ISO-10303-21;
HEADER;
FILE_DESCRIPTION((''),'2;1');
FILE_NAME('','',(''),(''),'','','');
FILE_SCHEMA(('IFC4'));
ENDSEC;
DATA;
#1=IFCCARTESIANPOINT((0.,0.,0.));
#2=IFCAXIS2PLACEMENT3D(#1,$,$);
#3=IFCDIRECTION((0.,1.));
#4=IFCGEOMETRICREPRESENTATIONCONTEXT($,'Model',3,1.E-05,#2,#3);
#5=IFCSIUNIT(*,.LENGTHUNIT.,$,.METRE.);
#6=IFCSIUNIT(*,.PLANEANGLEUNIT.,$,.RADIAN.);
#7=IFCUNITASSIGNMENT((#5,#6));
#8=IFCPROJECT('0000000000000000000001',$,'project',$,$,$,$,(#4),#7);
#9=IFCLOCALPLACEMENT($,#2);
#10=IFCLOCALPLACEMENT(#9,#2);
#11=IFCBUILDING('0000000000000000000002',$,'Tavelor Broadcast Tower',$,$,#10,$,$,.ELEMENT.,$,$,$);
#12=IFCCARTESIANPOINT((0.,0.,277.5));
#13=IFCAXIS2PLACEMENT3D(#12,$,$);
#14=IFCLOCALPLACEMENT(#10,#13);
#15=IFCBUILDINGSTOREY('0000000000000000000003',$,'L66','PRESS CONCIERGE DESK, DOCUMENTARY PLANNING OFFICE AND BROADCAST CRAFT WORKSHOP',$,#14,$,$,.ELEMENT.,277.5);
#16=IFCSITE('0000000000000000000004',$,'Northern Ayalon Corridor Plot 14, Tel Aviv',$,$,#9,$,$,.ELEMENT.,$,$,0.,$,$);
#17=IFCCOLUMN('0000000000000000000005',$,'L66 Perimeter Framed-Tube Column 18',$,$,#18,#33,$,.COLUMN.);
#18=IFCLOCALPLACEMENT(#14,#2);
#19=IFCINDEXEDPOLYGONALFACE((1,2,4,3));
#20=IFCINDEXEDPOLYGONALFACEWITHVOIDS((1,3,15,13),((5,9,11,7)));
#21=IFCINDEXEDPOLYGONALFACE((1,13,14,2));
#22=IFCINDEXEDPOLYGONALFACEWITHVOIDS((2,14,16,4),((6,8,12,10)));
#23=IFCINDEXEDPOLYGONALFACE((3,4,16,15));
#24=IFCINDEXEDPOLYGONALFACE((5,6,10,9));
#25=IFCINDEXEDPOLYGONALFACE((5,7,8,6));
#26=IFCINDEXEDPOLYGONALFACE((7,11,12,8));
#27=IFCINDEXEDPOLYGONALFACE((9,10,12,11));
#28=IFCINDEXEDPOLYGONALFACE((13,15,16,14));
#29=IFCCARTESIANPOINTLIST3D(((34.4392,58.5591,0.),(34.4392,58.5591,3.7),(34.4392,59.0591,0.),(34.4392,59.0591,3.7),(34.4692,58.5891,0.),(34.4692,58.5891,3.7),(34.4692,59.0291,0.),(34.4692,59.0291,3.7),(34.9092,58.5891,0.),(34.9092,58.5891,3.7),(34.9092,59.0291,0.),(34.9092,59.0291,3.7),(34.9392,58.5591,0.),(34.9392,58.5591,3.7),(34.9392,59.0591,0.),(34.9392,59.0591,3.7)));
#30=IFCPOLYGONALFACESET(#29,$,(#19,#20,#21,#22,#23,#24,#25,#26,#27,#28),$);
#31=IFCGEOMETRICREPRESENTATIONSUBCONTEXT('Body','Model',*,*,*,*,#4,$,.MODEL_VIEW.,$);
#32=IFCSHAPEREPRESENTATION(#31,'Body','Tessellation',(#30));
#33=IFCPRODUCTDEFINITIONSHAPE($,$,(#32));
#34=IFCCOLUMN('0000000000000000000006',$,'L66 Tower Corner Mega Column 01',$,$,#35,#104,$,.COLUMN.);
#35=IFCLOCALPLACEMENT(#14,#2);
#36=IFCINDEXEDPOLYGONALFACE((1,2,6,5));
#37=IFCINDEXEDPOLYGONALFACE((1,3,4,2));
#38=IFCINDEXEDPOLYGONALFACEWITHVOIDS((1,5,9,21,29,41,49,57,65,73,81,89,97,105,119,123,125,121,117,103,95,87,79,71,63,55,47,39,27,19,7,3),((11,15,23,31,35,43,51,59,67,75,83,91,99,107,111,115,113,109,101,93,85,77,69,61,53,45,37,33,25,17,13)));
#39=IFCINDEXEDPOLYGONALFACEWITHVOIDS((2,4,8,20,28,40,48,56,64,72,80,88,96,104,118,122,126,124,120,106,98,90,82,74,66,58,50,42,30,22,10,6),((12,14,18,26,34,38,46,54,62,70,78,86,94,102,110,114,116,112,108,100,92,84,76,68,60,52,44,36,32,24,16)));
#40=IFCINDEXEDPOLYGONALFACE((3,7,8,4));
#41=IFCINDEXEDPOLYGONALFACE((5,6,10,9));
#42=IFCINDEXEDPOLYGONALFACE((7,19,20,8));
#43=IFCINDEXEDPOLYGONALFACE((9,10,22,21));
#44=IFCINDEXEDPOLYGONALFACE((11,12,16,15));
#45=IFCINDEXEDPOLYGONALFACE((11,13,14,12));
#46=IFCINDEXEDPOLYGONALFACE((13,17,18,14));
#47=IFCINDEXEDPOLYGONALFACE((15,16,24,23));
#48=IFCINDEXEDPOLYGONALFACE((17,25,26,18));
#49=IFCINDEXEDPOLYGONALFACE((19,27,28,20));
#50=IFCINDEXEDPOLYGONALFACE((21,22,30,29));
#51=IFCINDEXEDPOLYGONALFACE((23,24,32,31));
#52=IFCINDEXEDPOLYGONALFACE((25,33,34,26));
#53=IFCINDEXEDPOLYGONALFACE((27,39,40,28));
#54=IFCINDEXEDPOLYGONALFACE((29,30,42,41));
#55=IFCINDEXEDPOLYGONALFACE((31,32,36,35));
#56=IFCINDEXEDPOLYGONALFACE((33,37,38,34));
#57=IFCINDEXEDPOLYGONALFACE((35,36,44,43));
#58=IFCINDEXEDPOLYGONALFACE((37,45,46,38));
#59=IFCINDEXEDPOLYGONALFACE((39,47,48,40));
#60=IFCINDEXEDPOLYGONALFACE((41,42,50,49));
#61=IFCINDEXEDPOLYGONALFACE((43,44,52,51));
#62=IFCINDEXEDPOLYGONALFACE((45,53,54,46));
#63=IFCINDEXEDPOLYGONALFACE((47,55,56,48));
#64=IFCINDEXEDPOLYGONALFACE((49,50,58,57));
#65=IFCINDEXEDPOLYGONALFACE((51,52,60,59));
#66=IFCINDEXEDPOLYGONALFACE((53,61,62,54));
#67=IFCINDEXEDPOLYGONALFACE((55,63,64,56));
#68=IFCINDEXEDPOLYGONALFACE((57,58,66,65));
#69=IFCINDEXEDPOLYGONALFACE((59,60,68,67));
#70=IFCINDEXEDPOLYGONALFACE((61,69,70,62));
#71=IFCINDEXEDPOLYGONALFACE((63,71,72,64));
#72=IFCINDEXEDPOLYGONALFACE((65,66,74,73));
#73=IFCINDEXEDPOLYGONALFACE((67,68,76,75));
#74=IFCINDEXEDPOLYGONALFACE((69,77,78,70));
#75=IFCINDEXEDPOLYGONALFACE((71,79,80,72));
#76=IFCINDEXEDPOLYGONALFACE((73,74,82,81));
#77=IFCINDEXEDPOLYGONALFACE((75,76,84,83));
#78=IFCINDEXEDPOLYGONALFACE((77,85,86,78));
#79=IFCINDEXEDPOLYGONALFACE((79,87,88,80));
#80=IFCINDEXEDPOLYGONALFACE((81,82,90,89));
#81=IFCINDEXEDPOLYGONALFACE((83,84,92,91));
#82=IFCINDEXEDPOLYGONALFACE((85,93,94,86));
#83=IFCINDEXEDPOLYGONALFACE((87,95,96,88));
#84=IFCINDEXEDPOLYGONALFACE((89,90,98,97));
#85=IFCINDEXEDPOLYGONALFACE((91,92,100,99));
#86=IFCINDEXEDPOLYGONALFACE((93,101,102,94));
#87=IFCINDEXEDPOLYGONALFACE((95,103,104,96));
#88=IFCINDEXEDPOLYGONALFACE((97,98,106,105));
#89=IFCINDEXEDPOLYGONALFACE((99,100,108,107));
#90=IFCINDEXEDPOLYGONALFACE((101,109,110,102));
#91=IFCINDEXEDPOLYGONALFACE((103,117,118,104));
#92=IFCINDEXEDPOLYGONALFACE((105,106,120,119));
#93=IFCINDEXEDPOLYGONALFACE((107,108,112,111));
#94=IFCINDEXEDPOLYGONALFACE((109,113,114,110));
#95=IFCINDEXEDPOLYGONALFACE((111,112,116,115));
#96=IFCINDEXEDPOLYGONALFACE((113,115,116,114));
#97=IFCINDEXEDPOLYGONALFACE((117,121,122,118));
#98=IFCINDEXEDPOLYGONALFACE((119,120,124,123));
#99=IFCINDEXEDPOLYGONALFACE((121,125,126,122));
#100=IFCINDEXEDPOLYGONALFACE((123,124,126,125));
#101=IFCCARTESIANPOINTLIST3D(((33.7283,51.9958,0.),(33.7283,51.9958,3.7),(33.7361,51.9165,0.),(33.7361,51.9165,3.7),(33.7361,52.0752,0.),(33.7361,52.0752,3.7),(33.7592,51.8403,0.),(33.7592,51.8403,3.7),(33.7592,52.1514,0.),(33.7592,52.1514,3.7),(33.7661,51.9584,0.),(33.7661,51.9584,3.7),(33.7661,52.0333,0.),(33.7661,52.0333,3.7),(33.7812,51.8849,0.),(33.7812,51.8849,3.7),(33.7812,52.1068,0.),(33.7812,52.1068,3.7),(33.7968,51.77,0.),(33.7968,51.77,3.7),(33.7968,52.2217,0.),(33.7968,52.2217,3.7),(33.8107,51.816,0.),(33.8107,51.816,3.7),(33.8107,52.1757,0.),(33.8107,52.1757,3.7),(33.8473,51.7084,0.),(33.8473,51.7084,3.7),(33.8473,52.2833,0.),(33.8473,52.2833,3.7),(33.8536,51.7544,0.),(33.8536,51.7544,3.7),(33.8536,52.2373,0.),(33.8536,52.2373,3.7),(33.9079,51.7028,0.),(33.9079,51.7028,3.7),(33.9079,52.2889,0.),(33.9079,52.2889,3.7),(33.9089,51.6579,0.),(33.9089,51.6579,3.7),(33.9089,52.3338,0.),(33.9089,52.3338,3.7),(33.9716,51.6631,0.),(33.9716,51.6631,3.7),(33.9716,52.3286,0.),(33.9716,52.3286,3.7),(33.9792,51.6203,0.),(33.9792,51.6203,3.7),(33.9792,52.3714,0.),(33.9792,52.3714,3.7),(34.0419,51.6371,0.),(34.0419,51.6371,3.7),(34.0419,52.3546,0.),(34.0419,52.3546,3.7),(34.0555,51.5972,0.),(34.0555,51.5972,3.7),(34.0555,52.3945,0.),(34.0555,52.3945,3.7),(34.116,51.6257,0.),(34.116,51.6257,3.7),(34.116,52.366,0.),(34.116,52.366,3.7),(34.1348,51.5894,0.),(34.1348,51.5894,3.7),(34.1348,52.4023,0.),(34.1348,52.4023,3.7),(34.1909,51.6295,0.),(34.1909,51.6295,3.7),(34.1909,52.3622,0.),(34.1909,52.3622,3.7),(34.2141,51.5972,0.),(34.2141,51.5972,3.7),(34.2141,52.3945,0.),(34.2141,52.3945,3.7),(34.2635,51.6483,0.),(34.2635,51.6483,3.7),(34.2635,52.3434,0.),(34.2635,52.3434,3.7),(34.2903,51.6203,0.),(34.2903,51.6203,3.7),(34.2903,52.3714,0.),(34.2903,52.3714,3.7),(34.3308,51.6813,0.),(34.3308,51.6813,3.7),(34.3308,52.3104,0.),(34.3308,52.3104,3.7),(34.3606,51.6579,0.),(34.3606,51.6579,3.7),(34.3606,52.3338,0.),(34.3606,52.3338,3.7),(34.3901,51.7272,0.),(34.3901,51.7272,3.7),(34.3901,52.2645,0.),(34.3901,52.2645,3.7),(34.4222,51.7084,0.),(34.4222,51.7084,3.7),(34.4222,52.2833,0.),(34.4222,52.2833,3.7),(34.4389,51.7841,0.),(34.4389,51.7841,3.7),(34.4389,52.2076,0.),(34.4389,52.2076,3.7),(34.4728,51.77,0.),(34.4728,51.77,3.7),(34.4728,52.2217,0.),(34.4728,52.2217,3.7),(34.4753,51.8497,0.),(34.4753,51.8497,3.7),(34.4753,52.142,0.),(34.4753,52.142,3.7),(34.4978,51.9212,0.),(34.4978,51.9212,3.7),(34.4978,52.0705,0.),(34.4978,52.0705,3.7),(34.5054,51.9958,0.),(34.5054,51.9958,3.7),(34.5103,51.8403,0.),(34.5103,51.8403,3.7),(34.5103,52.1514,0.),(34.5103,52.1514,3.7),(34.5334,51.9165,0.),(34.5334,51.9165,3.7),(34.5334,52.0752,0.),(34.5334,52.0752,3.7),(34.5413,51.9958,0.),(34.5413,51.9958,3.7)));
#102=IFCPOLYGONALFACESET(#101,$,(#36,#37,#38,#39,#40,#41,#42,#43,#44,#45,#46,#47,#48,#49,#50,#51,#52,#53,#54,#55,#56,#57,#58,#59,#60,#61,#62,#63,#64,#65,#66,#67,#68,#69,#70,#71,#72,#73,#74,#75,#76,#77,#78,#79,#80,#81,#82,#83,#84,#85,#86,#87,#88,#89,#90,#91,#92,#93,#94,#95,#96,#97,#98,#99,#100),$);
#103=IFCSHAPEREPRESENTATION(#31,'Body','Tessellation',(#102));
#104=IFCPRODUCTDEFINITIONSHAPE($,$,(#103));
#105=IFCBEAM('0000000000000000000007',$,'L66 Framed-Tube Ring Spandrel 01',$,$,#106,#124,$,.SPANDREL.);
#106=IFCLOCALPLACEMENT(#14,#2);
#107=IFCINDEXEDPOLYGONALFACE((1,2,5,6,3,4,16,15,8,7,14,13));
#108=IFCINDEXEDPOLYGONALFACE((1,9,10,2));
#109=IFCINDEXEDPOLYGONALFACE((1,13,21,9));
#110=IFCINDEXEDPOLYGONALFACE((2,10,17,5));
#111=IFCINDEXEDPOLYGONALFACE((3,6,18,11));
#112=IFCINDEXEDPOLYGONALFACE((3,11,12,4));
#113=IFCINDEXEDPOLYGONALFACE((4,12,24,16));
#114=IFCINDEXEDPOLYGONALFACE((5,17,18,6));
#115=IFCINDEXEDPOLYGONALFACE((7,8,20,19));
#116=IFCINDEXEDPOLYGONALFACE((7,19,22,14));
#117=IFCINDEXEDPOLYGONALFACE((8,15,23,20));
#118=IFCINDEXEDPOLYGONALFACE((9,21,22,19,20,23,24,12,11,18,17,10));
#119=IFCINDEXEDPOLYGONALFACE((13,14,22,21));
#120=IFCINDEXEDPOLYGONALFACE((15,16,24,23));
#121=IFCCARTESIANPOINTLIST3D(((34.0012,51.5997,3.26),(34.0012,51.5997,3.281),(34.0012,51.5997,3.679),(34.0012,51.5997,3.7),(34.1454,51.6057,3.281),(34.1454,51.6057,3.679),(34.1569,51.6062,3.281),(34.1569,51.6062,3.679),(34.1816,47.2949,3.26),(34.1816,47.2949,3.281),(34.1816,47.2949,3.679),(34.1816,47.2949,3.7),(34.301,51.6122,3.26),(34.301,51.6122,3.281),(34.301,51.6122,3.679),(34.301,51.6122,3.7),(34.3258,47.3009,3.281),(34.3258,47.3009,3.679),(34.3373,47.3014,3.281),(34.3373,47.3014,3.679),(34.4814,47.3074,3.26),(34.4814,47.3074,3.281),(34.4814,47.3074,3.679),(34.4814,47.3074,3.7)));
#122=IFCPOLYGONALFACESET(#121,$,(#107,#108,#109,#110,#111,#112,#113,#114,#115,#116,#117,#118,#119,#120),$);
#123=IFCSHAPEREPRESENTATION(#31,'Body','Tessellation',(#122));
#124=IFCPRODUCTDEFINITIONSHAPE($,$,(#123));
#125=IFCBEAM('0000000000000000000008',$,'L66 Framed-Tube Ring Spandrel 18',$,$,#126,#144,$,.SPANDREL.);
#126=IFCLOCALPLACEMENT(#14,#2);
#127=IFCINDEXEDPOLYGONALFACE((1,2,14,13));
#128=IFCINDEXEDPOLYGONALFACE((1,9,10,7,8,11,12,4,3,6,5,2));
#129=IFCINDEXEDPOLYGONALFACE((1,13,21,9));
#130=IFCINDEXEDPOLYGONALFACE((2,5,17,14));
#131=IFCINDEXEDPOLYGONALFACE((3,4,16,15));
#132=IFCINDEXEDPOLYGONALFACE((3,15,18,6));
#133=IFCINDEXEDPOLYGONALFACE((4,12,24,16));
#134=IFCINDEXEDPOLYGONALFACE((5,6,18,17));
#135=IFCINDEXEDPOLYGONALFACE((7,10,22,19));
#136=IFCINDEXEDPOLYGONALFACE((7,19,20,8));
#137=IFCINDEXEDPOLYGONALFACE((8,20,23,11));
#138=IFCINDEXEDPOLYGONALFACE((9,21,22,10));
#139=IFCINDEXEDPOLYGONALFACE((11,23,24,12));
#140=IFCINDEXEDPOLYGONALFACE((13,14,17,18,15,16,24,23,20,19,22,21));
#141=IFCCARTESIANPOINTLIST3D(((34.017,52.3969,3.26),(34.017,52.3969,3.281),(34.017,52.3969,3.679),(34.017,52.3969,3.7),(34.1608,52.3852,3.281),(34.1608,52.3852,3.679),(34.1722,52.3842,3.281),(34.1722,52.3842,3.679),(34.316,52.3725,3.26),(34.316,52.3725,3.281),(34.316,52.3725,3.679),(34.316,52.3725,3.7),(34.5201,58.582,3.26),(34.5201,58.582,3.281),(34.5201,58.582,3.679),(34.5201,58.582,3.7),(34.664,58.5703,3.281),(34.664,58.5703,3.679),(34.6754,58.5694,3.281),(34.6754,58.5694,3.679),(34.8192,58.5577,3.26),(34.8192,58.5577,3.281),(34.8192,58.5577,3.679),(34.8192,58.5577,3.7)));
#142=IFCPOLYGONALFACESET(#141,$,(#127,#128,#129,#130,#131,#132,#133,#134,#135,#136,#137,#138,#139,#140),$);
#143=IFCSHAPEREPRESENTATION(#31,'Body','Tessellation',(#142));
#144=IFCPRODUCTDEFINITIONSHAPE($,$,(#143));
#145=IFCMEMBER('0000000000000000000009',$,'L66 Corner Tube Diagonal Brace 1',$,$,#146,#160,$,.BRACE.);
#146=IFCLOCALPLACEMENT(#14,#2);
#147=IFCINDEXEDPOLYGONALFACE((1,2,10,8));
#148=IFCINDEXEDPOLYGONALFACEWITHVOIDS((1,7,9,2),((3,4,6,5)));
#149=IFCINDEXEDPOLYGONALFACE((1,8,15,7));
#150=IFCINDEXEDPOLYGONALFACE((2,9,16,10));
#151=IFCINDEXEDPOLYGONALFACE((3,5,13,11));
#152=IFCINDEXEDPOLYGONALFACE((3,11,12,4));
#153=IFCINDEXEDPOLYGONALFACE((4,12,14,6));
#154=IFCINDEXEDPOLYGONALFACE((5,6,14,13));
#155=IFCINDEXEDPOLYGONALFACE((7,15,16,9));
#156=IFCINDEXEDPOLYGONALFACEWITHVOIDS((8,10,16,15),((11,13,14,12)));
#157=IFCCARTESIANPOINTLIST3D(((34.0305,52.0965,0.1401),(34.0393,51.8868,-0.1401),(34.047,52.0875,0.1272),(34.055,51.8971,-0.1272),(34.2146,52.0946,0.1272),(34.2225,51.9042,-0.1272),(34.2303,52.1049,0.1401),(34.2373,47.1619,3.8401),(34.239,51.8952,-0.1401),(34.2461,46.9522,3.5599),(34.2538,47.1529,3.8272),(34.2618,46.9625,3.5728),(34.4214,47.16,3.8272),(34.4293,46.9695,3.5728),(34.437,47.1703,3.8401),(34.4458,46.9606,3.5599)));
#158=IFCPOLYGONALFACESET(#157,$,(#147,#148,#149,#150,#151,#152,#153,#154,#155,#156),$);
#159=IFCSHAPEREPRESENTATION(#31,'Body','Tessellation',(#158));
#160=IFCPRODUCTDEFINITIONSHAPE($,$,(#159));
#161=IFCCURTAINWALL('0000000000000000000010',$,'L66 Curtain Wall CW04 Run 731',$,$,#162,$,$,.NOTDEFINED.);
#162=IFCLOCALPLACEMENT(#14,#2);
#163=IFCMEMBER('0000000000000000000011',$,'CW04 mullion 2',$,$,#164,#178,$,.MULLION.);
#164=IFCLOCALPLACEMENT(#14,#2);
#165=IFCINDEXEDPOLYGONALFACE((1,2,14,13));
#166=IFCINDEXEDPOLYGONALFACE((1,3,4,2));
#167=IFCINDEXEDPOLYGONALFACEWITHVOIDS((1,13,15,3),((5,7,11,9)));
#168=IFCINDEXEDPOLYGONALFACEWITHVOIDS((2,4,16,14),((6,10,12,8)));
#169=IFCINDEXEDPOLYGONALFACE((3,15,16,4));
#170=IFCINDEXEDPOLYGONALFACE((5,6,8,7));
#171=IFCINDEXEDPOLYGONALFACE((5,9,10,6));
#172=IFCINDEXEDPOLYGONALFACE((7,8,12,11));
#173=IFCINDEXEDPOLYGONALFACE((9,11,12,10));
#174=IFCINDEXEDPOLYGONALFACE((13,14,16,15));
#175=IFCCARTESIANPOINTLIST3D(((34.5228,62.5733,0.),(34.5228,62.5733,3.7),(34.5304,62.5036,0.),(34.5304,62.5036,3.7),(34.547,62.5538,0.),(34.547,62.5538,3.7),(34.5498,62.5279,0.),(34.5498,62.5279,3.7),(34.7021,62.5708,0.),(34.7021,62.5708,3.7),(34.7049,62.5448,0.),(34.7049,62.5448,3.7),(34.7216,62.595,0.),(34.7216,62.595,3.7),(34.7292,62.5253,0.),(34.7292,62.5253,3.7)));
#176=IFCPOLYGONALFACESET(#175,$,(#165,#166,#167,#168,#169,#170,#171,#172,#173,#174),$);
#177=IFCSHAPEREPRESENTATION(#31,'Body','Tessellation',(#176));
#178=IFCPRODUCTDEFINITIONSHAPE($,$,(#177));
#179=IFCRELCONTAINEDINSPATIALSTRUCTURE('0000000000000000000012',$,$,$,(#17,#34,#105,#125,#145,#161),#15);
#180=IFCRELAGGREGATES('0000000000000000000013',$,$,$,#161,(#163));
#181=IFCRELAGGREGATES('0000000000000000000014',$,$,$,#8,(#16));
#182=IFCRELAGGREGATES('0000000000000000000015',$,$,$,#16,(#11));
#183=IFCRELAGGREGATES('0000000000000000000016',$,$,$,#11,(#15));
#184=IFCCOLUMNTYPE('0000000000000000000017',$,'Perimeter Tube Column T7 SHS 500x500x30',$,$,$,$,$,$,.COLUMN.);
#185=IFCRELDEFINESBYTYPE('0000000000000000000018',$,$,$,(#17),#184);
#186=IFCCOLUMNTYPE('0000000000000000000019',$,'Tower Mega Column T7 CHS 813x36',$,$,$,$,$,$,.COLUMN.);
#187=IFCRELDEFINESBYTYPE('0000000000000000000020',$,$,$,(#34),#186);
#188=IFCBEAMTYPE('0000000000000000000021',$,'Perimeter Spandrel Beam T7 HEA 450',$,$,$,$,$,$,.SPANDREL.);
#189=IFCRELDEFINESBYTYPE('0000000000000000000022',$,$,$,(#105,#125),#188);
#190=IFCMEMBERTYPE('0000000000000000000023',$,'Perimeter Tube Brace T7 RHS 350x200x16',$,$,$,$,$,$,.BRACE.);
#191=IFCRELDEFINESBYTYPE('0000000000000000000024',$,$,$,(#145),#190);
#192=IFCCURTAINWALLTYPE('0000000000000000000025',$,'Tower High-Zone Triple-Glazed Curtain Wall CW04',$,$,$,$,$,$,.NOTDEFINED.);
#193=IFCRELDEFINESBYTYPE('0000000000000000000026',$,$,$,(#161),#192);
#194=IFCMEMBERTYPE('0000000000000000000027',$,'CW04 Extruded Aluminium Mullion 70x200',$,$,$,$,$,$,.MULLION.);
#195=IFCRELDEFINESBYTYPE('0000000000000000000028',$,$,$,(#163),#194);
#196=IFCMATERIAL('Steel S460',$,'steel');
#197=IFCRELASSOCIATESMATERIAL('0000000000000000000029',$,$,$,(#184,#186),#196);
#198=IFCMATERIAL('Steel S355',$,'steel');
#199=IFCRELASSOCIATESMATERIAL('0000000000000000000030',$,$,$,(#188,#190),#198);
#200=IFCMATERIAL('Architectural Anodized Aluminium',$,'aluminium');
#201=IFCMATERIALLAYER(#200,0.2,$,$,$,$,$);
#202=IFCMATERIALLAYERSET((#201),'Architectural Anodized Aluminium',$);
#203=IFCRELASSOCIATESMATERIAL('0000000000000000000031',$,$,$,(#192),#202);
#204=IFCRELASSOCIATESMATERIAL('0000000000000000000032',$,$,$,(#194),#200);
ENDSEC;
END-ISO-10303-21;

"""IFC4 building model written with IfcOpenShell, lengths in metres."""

from ifc_helpers import new_model, si_unit, direction, frame, origin, origin_2d, place, context, subcontext, project, spatial, hollow_rectangle, hollow_circle, i_section, extrude, source, transform, mapped, material, layer, layer_set, material_profile, profile_set, type_object, type_shapes, element, aggregate, save


model = new_model("IFC4")

# Units and contexts
model_context = context("Model", 3, precision=1e-05, world=origin(), true_north=direction((0.0, 1.0)))
body_context = subcontext(model_context, "Body", "Model", "MODEL_VIEW")
ifc_project = project(units=[si_unit("LENGTHUNIT", "METRE"), si_unit("PLANEANGLEUNIT", "RADIAN")], contexts=[model_context])

# Site, building, storey
site_placement = place(None, origin())
site = spatial("IfcSite", under=ifc_project, at=site_placement, Name="Northern Ayalon Corridor Plot 14, Tel Aviv", CompositionType="ELEMENT", RefElevation=0.0)
building_placement = place(site_placement, origin())
building = spatial("IfcBuilding", under=site, at=building_placement, Name="Tavelor Broadcast Tower", CompositionType="ELEMENT")
storey_placement = place(building_placement, frame((0.0, 0.0, 277.5)))
storey = spatial("IfcBuildingStorey", under=building, at=storey_placement, Name="L66", Description="PRESS CONCIERGE DESK, DOCUMENTARY PLANNING OFFICE AND BROADCAST CRAFT WORKSHOP", CompositionType="ELEMENT", Elevation=277.5)

# Columns
ifc_material_1 = material(Name="Steel S460", Category="steel")
ifc_material_profile_1 = material_profile(ifc_material_1, hollow_rectangle(XDim=0.5, YDim=0.5, WallThickness=0.03, at=origin_2d()), Name="SHS 500x500x30")
ifc_profile_set_1 = profile_set([ifc_material_profile_1], Name="Steel S460")
column_type_1 = type_object("IfcColumnType", Name="Perimeter Tube Column T7 SHS 500x500x30", PredefinedType="COLUMN", material=ifc_profile_set_1)
column_1_placement = place(storey_placement, frame((34.6892, 58.8091, 0.0), z_axis=(0.0, 0.0, 1.0), x_axis=(1.0, 0.0, 0.0)))
element("IfcColumn", 1, at=column_1_placement, inside=storey, type_object=column_type_1, Name="L66 Perimeter Framed-Tube Column 18", PredefinedType="COLUMN", context=body_context, shape_type="SweptSolid", body=[
    extrude(hollow_rectangle(XDim=0.5, YDim=0.5, WallThickness=0.03, at=origin_2d()), origin(), (0.0, 0.0, 1.0), 3.7),
])
ifc_material_profile_2 = material_profile(ifc_material_1, hollow_circle(Radius=0.4065, WallThickness=0.0359, at=origin_2d()), Name="CHS 813x36")
ifc_profile_set_2 = profile_set([ifc_material_profile_2], Name="Steel S460")
column_type_2 = type_object("IfcColumnType", Name="Tower Mega Column T7 CHS 813x36", PredefinedType="COLUMN", material=ifc_profile_set_2)
column_2_placement = place(storey_placement, frame((34.1348, 51.9958, 0.0), z_axis=(0.0, 0.0, 1.0), x_axis=(1.0, 0.0, 0.0)))
element("IfcColumn", 2, at=column_2_placement, inside=storey, type_object=column_type_2, Name="L66 Tower Corner Mega Column 01", PredefinedType="COLUMN", context=body_context, shape_type="SweptSolid", body=[
    extrude(hollow_circle(Radius=0.4065, WallThickness=0.0359, at=origin_2d()), origin(), (0.0, 0.0, 1.0), 3.7),
])

# Beams
ifc_material_2 = material(Name="Steel S355", Category="steel")
ifc_material_profile_3 = material_profile(ifc_material_2, i_section(OverallWidth=0.3, OverallDepth=0.4399, WebThickness=0.0115, FlangeThickness=0.021, at=origin_2d()), Name="HEA 450")
ifc_profile_set_3 = profile_set([ifc_material_profile_3], Name="Steel S355")
beam_type = type_object("IfcBeamType", Name="Perimeter Spandrel Beam T7 HEA 450", PredefinedType="SPANDREL", material=ifc_profile_set_3)
beam_1_placement = place(storey_placement, frame((34.1511, 51.606, 3.48), z_axis=(0.041873, -0.999123, 0.0), x_axis=(0.999123, 0.041873, 0.0)))
element("IfcBeam", 3, at=beam_1_placement, inside=storey, type_object=beam_type, Name="L66 Framed-Tube Ring Spandrel 01", PredefinedType="SPANDREL", context=body_context, shape_type="SweptSolid", body=[
    extrude(i_section(OverallWidth=0.3, OverallDepth=0.4399, WebThickness=0.0115, FlangeThickness=0.021, at=origin_2d()), origin(), (0.0, 0.0, 1.0), 4.3086),
])
beam_2_placement = place(storey_placement, frame((34.6697, 58.5698, 3.48), z_axis=(-0.081085, -0.996707, 0.0), x_axis=(0.996707, -0.081085, 0.0)))
element("IfcBeam", 4, at=beam_2_placement, inside=storey, type_object=beam_type, Name="L66 Framed-Tube Ring Spandrel 18", PredefinedType="SPANDREL", context=body_context, shape_type="SweptSolid", body=[
    extrude(i_section(OverallWidth=0.3, OverallDepth=0.4399, WebThickness=0.0115, FlangeThickness=0.021, at=origin_2d()), origin(), (0.0, 0.0, 1.0), 6.2056),
])

# Member
ifc_material_profile_4 = material_profile(ifc_material_2, hollow_rectangle(XDim=0.2, YDim=0.3501, WallThickness=0.0161, at=origin_2d()), Name="RHS 350x200x16")
ifc_profile_set_4 = profile_set([ifc_material_profile_4], Name="Steel S355")
member_type_1 = type_object("IfcMemberType", Name="Perimeter Tube Brace T7 RHS 350x200x16", PredefinedType="BRACE", material=ifc_profile_set_4)
member_1_placement = place(storey_placement, frame((34.1348, 51.9958, 0.0), z_axis=(0.033509, -0.799627, 0.599562), x_axis=(0.999123, 0.041869, 0.0)))
element("IfcMember", 5, at=member_1_placement, inside=storey, type_object=member_type_1, Name="L66 Corner Tube Diagonal Brace 1", PredefinedType="BRACE", context=body_context, shape_type="SweptSolid", body=[
    extrude(hollow_rectangle(XDim=0.2, YDim=0.3501, WallThickness=0.0161, at=origin_2d()), origin(), (0.0, 0.0, 1.0), 6.1711),
])

# Curtain wall, member
ifc_material_3 = material(Name="Architectural Anodized Aluminium", Category="aluminium")
ifc_layer_1 = layer(ifc_material_3, 0.2)
ifc_layer_set_1 = layer_set([ifc_layer_1], Name="Architectural Anodized Aluminium")
curtain_wall_type = type_object("IfcCurtainWallType", Name="Tower High-Zone Triple-Glazed Curtain Wall CW04", PredefinedType="NOTDEFINED", material=ifc_layer_set_1)
curtain_wall_1_placement = place(storey_placement, origin())
curtain_wall_1 = element("IfcCurtainWall", 6, at=curtain_wall_1_placement, inside=storey, type_object=curtain_wall_type, Name="L66 Curtain Wall CW04 Run 731", PredefinedType="NOTDEFINED")
ifc_material_profile_5 = material_profile(ifc_material_3, hollow_rectangle(XDim=0.0701, YDim=0.2, WallThickness=0.022, at=origin_2d()), Name="RHS 70x200x22")
ifc_profile_set_5 = profile_set([ifc_material_profile_5], Name="Architectural Anodized Aluminium")
member_type_2 = type_object("IfcMemberType", Name="CW04 Extruded Aluminium Mullion 70x200", PredefinedType="MULLION", material=ifc_profile_set_5)
shared_shape_1 = source(origin(), body_context, "Body", "SweptSolid", [
    extrude(hollow_rectangle(XDim=0.0701, YDim=0.2, WallThickness=0.022, at=origin_2d()), origin(), (0.0, 0.0, 1.0), 3.7),
])
type_shapes(member_type_2, [shared_shape_1])
member_2_placement = place(storey_placement, frame((34.626, 62.5493, 0.0), z_axis=(0.0, 0.0, 1.0), x_axis=(0.108435, -0.994104, 0.0)))
member_2 = element("IfcMember", 7, at=member_2_placement, type_object=member_type_2, Name="CW04 mullion 2", PredefinedType="MULLION", context=body_context, shape_type="MappedRepresentation", body=[
    mapped(shared_shape_1, transform((0.0, 0.0, 0.0), scale=1.0)),
])
aggregate(curtain_wall_1, [member_2])

save(model, "model.ifc")
